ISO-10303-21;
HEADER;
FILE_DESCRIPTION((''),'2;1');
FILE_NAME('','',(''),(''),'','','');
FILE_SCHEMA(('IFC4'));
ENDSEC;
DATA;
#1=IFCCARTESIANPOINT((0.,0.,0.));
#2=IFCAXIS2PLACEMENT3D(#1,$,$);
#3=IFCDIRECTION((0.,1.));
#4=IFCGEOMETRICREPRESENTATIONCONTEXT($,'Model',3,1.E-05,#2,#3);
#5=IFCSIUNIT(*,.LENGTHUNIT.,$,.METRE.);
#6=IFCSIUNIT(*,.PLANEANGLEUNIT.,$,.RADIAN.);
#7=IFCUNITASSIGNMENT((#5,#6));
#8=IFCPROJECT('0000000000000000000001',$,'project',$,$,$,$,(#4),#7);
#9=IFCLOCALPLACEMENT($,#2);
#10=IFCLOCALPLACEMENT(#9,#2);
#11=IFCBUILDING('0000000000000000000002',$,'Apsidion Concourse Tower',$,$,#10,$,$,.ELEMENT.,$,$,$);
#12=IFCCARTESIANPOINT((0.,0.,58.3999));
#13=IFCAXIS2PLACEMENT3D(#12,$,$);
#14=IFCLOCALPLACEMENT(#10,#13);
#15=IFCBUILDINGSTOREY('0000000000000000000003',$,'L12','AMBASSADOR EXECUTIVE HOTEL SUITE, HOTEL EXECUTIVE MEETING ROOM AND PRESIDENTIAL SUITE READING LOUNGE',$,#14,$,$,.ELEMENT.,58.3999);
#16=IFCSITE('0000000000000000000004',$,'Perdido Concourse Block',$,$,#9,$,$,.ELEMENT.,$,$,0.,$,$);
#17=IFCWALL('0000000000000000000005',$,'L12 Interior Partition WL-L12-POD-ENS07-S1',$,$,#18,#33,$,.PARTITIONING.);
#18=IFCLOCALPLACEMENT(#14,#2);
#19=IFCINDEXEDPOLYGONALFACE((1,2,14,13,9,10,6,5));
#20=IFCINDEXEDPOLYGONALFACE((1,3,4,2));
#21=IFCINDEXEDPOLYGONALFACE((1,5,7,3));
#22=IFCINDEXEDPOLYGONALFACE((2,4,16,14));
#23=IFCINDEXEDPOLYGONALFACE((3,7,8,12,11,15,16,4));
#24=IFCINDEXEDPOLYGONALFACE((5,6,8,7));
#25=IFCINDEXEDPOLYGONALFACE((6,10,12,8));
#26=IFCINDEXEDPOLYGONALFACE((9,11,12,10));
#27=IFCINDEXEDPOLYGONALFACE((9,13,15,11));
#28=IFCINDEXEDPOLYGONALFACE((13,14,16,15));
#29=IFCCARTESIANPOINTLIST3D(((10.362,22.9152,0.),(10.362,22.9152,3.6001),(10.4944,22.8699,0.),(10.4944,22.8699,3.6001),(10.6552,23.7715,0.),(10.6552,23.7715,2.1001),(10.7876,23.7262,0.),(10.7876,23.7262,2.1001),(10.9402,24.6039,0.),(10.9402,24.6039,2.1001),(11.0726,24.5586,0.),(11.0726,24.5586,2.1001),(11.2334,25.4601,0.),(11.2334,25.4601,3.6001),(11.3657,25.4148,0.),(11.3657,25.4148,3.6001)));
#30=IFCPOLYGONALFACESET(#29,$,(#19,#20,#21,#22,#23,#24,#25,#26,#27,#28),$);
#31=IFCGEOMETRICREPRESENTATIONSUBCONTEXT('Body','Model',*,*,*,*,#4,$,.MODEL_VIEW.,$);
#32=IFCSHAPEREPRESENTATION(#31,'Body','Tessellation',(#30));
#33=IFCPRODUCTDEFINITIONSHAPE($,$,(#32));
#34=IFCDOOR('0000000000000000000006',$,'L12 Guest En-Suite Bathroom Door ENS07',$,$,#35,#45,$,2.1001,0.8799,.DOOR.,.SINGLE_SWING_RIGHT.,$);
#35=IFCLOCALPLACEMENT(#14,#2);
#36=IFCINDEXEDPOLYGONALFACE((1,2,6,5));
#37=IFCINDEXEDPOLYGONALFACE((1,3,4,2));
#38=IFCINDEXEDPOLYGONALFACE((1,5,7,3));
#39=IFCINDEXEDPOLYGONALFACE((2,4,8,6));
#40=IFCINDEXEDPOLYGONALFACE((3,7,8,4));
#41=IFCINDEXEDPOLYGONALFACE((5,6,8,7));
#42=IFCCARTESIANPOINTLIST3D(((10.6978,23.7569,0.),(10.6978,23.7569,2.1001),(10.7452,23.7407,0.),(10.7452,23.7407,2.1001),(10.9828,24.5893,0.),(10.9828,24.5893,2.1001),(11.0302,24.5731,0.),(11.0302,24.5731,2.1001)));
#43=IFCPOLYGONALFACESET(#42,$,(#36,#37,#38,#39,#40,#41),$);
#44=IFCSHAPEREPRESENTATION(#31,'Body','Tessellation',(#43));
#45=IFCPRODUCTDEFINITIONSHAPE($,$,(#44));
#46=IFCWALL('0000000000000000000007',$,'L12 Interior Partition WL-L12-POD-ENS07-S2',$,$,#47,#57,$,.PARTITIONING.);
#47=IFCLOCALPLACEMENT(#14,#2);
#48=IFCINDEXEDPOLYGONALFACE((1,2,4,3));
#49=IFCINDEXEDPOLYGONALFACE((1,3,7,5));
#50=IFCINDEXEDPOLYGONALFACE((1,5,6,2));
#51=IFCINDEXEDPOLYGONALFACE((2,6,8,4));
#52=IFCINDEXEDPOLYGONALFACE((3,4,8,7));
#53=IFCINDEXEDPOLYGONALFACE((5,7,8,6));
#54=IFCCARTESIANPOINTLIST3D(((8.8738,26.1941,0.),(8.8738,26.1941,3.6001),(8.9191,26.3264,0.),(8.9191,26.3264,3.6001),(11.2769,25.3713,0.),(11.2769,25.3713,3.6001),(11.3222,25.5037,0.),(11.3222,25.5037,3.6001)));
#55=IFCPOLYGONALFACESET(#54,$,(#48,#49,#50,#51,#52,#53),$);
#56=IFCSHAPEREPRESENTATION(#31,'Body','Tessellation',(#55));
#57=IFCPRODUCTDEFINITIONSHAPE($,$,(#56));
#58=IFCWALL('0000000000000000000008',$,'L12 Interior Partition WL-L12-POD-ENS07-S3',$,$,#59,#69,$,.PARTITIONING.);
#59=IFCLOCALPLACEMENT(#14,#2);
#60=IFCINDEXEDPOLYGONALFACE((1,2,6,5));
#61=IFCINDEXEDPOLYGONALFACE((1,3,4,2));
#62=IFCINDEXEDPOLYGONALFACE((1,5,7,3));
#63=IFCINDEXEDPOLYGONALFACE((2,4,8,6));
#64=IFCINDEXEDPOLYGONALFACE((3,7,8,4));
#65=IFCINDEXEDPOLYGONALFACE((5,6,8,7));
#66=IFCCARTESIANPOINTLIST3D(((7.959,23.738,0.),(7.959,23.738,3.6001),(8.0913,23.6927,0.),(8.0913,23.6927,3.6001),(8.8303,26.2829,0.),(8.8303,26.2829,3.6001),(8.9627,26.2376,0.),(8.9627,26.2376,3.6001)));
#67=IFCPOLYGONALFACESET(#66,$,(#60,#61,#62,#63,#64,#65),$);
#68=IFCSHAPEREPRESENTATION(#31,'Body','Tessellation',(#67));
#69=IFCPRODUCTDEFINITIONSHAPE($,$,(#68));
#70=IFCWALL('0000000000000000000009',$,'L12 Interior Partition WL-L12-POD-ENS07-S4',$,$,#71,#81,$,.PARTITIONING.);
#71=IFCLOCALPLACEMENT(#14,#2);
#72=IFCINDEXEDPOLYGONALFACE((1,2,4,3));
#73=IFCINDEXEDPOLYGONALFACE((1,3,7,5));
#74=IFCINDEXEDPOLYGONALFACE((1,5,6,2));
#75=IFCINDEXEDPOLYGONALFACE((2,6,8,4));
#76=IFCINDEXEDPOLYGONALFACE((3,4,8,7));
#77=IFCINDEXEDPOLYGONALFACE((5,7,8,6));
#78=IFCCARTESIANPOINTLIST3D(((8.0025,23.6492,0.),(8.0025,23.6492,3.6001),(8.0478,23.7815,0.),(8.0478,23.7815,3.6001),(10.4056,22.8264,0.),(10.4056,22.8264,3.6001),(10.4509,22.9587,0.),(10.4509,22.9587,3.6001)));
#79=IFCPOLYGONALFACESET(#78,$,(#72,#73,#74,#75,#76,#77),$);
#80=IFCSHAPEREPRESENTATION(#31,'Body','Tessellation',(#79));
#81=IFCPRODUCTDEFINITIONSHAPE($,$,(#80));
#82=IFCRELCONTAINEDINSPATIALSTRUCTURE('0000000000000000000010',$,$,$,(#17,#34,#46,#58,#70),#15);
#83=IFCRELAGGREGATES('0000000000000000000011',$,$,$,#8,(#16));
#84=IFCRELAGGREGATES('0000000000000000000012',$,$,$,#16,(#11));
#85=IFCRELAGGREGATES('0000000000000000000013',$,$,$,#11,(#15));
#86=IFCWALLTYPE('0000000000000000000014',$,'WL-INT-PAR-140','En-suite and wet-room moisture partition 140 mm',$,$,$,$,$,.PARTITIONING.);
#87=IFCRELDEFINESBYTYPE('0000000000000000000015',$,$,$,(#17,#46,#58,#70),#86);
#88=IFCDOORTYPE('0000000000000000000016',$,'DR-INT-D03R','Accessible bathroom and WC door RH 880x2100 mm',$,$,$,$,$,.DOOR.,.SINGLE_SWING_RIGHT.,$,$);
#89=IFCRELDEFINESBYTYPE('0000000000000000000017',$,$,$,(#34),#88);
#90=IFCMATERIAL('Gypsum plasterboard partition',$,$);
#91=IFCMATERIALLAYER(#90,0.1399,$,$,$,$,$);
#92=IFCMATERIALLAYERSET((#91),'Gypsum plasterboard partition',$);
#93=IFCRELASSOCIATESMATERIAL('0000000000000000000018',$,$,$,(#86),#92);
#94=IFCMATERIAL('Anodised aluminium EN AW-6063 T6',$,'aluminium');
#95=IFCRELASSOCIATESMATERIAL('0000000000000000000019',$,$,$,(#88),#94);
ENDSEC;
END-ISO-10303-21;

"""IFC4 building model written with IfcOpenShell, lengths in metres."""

from ifc_helpers import new_model, si_unit, direction, frame, frame_2d, origin, place, context, subcontext, project, spatial, rectangle, extrude, material, layer, layer_set, type_object, element, fill, save


model = new_model("IFC4")

# Units and contexts
model_context = context("Model", 3, precision=1e-05, world=origin(), true_north=direction((0.0, 1.0)))
body_context = subcontext(model_context, "Body", "Model", "MODEL_VIEW")
ifc_project = project(units=[si_unit("LENGTHUNIT", "METRE"), si_unit("PLANEANGLEUNIT", "RADIAN")], contexts=[model_context])

# Site, building, storey
site_placement = place(None, origin())
site = spatial("IfcSite", under=ifc_project, at=site_placement, Name="Perdido Concourse Block", CompositionType="ELEMENT", RefElevation=0.0)
building_placement = place(site_placement, origin())
building = spatial("IfcBuilding", under=site, at=building_placement, Name="Apsidion Concourse Tower", CompositionType="ELEMENT")
storey_placement = place(building_placement, frame((0.0, 0.0, 58.3999)))
storey = spatial("IfcBuildingStorey", under=building, at=storey_placement, Name="L12", Description="AMBASSADOR EXECUTIVE HOTEL SUITE, HOTEL EXECUTIVE MEETING ROOM AND PRESIDENTIAL SUITE READING LOUNGE", CompositionType="ELEMENT", Elevation=58.3999)

# Shared definitions
ifc_material_1 = material(Name="Anodised aluminium EN AW-6063 T6", Category="aluminium")

# Wall, opening, door
ifc_material_2 = material(Name="Gypsum plasterboard partition")
ifc_layer_1 = layer(ifc_material_2, 0.1399)
ifc_layer_set_1 = layer_set([ifc_layer_1], Name="Gypsum plasterboard partition")
wall_type_1 = type_object("IfcWallType", Name="WL-INT-PAR-140", Description="En-suite and wet-room moisture partition 140 mm", PredefinedType="PARTITIONING", material=ifc_layer_set_1)
wall_1_placement = place(storey_placement, frame((10.4282, 22.8926, 0.0), z_axis=(0.0, 0.0, 1.0), x_axis=(0.323923, 0.946083, 0.0)))
wall_1 = element("IfcWall", 1, at=wall_1_placement, inside=storey, type_object=wall_type_1, Name="L12 Interior Partition WL-L12-POD-ENS07-S1", PredefinedType="PARTITIONING", context=body_context, shape_type="SweptSolid", body=[
    extrude(rectangle(XDim=2.6899, YDim=0.1399, at=frame_2d((1.345, 0.0))), origin(), (0.0, 0.0, 1.0), 3.6001),
])
opening_1_placement = place(wall_1_placement, frame((0.905, 0.0, 0.0)))
opening_1 = element("IfcOpeningElement", 2, at=opening_1_placement, cuts=wall_1, PredefinedType="OPENING", context=body_context, shape_type="SweptSolid", body=[
    extrude(rectangle(XDim=0.8799, YDim=2.1001, at=frame_2d((0.4399, 1.05))), frame((0.0, 0.0801, 0.0), z_axis=(0.0, -1.0, 0.0), x_axis=(1.0, 0.0, 0.0)), (0.0, 0.0, 1.0), 0.1599),
])
door_type_1 = type_object("IfcDoorType", Name="DR-INT-D03R", Description="Accessible bathroom and WC door RH 880x2100 mm", OperationType="SINGLE_SWING_RIGHT", PredefinedType="DOOR", material=ifc_material_1)
door_1_placement = place(opening_1_placement, origin())
door_1 = element("IfcDoor", 3, at=door_1_placement, inside=storey, type_object=door_type_1, Name="L12 Guest En-Suite Bathroom Door ENS07", OperationType="SINGLE_SWING_RIGHT", OverallHeight=2.1001, OverallWidth=0.8799, PredefinedType="DOOR", context=body_context, shape_type="SweptSolid", body=[
    extrude(rectangle(XDim=0.8799, YDim=2.1001, at=frame_2d((0.4399, 1.05))), frame((0.0, 0.0249, 0.0), z_axis=(0.0, -1.0, 0.0), x_axis=(1.0, 0.0, 0.0)), (0.0, 0.0, 1.0), 0.05),
])
fill(opening_1, door_1)

# Walls
wall_2_placement = place(storey_placement, frame((11.2996, 25.4375, 0.0), z_axis=(0.0, 0.0, 1.0), x_axis=(-0.946086, 0.323916, 0.0)))
element("IfcWall", 4, at=wall_2_placement, inside=storey, type_object=wall_type_1, Name="L12 Interior Partition WL-L12-POD-ENS07-S2", PredefinedType="PARTITIONING", context=body_context, shape_type="SweptSolid", body=[
    extrude(rectangle(XDim=2.54, YDim=0.1399, at=frame_2d((1.27, 0.0))), origin(), (0.0, 0.0, 1.0), 3.6001),
])
wall_3_placement = place(storey_placement, frame((8.8965, 26.2603, 0.0), z_axis=(0.0, 0.0, 1.0), x_axis=(-0.323923, -0.946083, 0.0)))
element("IfcWall", 5, at=wall_3_placement, inside=storey, type_object=wall_type_1, Name="L12 Interior Partition WL-L12-POD-ENS07-S3", PredefinedType="PARTITIONING", context=body_context, shape_type="SweptSolid", body=[
    extrude(rectangle(XDim=2.6899, YDim=0.1399, at=frame_2d((1.345, 0.0))), origin(), (0.0, 0.0, 1.0), 3.6001),
])
wall_4_placement = place(storey_placement, frame((8.0251, 23.7153, 0.0), z_axis=(0.0, 0.0, 1.0), x_axis=(0.946086, -0.323916, 0.0)))
element("IfcWall", 6, at=wall_4_placement, inside=storey, type_object=wall_type_1, Name="L12 Interior Partition WL-L12-POD-ENS07-S4", PredefinedType="PARTITIONING", context=body_context, shape_type="SweptSolid", body=[
    extrude(rectangle(XDim=2.54, YDim=0.1399, at=frame_2d((1.27, 0.0))), origin(), (0.0, 0.0, 1.0), 3.6001),
])

save(model, "model.ifc")
